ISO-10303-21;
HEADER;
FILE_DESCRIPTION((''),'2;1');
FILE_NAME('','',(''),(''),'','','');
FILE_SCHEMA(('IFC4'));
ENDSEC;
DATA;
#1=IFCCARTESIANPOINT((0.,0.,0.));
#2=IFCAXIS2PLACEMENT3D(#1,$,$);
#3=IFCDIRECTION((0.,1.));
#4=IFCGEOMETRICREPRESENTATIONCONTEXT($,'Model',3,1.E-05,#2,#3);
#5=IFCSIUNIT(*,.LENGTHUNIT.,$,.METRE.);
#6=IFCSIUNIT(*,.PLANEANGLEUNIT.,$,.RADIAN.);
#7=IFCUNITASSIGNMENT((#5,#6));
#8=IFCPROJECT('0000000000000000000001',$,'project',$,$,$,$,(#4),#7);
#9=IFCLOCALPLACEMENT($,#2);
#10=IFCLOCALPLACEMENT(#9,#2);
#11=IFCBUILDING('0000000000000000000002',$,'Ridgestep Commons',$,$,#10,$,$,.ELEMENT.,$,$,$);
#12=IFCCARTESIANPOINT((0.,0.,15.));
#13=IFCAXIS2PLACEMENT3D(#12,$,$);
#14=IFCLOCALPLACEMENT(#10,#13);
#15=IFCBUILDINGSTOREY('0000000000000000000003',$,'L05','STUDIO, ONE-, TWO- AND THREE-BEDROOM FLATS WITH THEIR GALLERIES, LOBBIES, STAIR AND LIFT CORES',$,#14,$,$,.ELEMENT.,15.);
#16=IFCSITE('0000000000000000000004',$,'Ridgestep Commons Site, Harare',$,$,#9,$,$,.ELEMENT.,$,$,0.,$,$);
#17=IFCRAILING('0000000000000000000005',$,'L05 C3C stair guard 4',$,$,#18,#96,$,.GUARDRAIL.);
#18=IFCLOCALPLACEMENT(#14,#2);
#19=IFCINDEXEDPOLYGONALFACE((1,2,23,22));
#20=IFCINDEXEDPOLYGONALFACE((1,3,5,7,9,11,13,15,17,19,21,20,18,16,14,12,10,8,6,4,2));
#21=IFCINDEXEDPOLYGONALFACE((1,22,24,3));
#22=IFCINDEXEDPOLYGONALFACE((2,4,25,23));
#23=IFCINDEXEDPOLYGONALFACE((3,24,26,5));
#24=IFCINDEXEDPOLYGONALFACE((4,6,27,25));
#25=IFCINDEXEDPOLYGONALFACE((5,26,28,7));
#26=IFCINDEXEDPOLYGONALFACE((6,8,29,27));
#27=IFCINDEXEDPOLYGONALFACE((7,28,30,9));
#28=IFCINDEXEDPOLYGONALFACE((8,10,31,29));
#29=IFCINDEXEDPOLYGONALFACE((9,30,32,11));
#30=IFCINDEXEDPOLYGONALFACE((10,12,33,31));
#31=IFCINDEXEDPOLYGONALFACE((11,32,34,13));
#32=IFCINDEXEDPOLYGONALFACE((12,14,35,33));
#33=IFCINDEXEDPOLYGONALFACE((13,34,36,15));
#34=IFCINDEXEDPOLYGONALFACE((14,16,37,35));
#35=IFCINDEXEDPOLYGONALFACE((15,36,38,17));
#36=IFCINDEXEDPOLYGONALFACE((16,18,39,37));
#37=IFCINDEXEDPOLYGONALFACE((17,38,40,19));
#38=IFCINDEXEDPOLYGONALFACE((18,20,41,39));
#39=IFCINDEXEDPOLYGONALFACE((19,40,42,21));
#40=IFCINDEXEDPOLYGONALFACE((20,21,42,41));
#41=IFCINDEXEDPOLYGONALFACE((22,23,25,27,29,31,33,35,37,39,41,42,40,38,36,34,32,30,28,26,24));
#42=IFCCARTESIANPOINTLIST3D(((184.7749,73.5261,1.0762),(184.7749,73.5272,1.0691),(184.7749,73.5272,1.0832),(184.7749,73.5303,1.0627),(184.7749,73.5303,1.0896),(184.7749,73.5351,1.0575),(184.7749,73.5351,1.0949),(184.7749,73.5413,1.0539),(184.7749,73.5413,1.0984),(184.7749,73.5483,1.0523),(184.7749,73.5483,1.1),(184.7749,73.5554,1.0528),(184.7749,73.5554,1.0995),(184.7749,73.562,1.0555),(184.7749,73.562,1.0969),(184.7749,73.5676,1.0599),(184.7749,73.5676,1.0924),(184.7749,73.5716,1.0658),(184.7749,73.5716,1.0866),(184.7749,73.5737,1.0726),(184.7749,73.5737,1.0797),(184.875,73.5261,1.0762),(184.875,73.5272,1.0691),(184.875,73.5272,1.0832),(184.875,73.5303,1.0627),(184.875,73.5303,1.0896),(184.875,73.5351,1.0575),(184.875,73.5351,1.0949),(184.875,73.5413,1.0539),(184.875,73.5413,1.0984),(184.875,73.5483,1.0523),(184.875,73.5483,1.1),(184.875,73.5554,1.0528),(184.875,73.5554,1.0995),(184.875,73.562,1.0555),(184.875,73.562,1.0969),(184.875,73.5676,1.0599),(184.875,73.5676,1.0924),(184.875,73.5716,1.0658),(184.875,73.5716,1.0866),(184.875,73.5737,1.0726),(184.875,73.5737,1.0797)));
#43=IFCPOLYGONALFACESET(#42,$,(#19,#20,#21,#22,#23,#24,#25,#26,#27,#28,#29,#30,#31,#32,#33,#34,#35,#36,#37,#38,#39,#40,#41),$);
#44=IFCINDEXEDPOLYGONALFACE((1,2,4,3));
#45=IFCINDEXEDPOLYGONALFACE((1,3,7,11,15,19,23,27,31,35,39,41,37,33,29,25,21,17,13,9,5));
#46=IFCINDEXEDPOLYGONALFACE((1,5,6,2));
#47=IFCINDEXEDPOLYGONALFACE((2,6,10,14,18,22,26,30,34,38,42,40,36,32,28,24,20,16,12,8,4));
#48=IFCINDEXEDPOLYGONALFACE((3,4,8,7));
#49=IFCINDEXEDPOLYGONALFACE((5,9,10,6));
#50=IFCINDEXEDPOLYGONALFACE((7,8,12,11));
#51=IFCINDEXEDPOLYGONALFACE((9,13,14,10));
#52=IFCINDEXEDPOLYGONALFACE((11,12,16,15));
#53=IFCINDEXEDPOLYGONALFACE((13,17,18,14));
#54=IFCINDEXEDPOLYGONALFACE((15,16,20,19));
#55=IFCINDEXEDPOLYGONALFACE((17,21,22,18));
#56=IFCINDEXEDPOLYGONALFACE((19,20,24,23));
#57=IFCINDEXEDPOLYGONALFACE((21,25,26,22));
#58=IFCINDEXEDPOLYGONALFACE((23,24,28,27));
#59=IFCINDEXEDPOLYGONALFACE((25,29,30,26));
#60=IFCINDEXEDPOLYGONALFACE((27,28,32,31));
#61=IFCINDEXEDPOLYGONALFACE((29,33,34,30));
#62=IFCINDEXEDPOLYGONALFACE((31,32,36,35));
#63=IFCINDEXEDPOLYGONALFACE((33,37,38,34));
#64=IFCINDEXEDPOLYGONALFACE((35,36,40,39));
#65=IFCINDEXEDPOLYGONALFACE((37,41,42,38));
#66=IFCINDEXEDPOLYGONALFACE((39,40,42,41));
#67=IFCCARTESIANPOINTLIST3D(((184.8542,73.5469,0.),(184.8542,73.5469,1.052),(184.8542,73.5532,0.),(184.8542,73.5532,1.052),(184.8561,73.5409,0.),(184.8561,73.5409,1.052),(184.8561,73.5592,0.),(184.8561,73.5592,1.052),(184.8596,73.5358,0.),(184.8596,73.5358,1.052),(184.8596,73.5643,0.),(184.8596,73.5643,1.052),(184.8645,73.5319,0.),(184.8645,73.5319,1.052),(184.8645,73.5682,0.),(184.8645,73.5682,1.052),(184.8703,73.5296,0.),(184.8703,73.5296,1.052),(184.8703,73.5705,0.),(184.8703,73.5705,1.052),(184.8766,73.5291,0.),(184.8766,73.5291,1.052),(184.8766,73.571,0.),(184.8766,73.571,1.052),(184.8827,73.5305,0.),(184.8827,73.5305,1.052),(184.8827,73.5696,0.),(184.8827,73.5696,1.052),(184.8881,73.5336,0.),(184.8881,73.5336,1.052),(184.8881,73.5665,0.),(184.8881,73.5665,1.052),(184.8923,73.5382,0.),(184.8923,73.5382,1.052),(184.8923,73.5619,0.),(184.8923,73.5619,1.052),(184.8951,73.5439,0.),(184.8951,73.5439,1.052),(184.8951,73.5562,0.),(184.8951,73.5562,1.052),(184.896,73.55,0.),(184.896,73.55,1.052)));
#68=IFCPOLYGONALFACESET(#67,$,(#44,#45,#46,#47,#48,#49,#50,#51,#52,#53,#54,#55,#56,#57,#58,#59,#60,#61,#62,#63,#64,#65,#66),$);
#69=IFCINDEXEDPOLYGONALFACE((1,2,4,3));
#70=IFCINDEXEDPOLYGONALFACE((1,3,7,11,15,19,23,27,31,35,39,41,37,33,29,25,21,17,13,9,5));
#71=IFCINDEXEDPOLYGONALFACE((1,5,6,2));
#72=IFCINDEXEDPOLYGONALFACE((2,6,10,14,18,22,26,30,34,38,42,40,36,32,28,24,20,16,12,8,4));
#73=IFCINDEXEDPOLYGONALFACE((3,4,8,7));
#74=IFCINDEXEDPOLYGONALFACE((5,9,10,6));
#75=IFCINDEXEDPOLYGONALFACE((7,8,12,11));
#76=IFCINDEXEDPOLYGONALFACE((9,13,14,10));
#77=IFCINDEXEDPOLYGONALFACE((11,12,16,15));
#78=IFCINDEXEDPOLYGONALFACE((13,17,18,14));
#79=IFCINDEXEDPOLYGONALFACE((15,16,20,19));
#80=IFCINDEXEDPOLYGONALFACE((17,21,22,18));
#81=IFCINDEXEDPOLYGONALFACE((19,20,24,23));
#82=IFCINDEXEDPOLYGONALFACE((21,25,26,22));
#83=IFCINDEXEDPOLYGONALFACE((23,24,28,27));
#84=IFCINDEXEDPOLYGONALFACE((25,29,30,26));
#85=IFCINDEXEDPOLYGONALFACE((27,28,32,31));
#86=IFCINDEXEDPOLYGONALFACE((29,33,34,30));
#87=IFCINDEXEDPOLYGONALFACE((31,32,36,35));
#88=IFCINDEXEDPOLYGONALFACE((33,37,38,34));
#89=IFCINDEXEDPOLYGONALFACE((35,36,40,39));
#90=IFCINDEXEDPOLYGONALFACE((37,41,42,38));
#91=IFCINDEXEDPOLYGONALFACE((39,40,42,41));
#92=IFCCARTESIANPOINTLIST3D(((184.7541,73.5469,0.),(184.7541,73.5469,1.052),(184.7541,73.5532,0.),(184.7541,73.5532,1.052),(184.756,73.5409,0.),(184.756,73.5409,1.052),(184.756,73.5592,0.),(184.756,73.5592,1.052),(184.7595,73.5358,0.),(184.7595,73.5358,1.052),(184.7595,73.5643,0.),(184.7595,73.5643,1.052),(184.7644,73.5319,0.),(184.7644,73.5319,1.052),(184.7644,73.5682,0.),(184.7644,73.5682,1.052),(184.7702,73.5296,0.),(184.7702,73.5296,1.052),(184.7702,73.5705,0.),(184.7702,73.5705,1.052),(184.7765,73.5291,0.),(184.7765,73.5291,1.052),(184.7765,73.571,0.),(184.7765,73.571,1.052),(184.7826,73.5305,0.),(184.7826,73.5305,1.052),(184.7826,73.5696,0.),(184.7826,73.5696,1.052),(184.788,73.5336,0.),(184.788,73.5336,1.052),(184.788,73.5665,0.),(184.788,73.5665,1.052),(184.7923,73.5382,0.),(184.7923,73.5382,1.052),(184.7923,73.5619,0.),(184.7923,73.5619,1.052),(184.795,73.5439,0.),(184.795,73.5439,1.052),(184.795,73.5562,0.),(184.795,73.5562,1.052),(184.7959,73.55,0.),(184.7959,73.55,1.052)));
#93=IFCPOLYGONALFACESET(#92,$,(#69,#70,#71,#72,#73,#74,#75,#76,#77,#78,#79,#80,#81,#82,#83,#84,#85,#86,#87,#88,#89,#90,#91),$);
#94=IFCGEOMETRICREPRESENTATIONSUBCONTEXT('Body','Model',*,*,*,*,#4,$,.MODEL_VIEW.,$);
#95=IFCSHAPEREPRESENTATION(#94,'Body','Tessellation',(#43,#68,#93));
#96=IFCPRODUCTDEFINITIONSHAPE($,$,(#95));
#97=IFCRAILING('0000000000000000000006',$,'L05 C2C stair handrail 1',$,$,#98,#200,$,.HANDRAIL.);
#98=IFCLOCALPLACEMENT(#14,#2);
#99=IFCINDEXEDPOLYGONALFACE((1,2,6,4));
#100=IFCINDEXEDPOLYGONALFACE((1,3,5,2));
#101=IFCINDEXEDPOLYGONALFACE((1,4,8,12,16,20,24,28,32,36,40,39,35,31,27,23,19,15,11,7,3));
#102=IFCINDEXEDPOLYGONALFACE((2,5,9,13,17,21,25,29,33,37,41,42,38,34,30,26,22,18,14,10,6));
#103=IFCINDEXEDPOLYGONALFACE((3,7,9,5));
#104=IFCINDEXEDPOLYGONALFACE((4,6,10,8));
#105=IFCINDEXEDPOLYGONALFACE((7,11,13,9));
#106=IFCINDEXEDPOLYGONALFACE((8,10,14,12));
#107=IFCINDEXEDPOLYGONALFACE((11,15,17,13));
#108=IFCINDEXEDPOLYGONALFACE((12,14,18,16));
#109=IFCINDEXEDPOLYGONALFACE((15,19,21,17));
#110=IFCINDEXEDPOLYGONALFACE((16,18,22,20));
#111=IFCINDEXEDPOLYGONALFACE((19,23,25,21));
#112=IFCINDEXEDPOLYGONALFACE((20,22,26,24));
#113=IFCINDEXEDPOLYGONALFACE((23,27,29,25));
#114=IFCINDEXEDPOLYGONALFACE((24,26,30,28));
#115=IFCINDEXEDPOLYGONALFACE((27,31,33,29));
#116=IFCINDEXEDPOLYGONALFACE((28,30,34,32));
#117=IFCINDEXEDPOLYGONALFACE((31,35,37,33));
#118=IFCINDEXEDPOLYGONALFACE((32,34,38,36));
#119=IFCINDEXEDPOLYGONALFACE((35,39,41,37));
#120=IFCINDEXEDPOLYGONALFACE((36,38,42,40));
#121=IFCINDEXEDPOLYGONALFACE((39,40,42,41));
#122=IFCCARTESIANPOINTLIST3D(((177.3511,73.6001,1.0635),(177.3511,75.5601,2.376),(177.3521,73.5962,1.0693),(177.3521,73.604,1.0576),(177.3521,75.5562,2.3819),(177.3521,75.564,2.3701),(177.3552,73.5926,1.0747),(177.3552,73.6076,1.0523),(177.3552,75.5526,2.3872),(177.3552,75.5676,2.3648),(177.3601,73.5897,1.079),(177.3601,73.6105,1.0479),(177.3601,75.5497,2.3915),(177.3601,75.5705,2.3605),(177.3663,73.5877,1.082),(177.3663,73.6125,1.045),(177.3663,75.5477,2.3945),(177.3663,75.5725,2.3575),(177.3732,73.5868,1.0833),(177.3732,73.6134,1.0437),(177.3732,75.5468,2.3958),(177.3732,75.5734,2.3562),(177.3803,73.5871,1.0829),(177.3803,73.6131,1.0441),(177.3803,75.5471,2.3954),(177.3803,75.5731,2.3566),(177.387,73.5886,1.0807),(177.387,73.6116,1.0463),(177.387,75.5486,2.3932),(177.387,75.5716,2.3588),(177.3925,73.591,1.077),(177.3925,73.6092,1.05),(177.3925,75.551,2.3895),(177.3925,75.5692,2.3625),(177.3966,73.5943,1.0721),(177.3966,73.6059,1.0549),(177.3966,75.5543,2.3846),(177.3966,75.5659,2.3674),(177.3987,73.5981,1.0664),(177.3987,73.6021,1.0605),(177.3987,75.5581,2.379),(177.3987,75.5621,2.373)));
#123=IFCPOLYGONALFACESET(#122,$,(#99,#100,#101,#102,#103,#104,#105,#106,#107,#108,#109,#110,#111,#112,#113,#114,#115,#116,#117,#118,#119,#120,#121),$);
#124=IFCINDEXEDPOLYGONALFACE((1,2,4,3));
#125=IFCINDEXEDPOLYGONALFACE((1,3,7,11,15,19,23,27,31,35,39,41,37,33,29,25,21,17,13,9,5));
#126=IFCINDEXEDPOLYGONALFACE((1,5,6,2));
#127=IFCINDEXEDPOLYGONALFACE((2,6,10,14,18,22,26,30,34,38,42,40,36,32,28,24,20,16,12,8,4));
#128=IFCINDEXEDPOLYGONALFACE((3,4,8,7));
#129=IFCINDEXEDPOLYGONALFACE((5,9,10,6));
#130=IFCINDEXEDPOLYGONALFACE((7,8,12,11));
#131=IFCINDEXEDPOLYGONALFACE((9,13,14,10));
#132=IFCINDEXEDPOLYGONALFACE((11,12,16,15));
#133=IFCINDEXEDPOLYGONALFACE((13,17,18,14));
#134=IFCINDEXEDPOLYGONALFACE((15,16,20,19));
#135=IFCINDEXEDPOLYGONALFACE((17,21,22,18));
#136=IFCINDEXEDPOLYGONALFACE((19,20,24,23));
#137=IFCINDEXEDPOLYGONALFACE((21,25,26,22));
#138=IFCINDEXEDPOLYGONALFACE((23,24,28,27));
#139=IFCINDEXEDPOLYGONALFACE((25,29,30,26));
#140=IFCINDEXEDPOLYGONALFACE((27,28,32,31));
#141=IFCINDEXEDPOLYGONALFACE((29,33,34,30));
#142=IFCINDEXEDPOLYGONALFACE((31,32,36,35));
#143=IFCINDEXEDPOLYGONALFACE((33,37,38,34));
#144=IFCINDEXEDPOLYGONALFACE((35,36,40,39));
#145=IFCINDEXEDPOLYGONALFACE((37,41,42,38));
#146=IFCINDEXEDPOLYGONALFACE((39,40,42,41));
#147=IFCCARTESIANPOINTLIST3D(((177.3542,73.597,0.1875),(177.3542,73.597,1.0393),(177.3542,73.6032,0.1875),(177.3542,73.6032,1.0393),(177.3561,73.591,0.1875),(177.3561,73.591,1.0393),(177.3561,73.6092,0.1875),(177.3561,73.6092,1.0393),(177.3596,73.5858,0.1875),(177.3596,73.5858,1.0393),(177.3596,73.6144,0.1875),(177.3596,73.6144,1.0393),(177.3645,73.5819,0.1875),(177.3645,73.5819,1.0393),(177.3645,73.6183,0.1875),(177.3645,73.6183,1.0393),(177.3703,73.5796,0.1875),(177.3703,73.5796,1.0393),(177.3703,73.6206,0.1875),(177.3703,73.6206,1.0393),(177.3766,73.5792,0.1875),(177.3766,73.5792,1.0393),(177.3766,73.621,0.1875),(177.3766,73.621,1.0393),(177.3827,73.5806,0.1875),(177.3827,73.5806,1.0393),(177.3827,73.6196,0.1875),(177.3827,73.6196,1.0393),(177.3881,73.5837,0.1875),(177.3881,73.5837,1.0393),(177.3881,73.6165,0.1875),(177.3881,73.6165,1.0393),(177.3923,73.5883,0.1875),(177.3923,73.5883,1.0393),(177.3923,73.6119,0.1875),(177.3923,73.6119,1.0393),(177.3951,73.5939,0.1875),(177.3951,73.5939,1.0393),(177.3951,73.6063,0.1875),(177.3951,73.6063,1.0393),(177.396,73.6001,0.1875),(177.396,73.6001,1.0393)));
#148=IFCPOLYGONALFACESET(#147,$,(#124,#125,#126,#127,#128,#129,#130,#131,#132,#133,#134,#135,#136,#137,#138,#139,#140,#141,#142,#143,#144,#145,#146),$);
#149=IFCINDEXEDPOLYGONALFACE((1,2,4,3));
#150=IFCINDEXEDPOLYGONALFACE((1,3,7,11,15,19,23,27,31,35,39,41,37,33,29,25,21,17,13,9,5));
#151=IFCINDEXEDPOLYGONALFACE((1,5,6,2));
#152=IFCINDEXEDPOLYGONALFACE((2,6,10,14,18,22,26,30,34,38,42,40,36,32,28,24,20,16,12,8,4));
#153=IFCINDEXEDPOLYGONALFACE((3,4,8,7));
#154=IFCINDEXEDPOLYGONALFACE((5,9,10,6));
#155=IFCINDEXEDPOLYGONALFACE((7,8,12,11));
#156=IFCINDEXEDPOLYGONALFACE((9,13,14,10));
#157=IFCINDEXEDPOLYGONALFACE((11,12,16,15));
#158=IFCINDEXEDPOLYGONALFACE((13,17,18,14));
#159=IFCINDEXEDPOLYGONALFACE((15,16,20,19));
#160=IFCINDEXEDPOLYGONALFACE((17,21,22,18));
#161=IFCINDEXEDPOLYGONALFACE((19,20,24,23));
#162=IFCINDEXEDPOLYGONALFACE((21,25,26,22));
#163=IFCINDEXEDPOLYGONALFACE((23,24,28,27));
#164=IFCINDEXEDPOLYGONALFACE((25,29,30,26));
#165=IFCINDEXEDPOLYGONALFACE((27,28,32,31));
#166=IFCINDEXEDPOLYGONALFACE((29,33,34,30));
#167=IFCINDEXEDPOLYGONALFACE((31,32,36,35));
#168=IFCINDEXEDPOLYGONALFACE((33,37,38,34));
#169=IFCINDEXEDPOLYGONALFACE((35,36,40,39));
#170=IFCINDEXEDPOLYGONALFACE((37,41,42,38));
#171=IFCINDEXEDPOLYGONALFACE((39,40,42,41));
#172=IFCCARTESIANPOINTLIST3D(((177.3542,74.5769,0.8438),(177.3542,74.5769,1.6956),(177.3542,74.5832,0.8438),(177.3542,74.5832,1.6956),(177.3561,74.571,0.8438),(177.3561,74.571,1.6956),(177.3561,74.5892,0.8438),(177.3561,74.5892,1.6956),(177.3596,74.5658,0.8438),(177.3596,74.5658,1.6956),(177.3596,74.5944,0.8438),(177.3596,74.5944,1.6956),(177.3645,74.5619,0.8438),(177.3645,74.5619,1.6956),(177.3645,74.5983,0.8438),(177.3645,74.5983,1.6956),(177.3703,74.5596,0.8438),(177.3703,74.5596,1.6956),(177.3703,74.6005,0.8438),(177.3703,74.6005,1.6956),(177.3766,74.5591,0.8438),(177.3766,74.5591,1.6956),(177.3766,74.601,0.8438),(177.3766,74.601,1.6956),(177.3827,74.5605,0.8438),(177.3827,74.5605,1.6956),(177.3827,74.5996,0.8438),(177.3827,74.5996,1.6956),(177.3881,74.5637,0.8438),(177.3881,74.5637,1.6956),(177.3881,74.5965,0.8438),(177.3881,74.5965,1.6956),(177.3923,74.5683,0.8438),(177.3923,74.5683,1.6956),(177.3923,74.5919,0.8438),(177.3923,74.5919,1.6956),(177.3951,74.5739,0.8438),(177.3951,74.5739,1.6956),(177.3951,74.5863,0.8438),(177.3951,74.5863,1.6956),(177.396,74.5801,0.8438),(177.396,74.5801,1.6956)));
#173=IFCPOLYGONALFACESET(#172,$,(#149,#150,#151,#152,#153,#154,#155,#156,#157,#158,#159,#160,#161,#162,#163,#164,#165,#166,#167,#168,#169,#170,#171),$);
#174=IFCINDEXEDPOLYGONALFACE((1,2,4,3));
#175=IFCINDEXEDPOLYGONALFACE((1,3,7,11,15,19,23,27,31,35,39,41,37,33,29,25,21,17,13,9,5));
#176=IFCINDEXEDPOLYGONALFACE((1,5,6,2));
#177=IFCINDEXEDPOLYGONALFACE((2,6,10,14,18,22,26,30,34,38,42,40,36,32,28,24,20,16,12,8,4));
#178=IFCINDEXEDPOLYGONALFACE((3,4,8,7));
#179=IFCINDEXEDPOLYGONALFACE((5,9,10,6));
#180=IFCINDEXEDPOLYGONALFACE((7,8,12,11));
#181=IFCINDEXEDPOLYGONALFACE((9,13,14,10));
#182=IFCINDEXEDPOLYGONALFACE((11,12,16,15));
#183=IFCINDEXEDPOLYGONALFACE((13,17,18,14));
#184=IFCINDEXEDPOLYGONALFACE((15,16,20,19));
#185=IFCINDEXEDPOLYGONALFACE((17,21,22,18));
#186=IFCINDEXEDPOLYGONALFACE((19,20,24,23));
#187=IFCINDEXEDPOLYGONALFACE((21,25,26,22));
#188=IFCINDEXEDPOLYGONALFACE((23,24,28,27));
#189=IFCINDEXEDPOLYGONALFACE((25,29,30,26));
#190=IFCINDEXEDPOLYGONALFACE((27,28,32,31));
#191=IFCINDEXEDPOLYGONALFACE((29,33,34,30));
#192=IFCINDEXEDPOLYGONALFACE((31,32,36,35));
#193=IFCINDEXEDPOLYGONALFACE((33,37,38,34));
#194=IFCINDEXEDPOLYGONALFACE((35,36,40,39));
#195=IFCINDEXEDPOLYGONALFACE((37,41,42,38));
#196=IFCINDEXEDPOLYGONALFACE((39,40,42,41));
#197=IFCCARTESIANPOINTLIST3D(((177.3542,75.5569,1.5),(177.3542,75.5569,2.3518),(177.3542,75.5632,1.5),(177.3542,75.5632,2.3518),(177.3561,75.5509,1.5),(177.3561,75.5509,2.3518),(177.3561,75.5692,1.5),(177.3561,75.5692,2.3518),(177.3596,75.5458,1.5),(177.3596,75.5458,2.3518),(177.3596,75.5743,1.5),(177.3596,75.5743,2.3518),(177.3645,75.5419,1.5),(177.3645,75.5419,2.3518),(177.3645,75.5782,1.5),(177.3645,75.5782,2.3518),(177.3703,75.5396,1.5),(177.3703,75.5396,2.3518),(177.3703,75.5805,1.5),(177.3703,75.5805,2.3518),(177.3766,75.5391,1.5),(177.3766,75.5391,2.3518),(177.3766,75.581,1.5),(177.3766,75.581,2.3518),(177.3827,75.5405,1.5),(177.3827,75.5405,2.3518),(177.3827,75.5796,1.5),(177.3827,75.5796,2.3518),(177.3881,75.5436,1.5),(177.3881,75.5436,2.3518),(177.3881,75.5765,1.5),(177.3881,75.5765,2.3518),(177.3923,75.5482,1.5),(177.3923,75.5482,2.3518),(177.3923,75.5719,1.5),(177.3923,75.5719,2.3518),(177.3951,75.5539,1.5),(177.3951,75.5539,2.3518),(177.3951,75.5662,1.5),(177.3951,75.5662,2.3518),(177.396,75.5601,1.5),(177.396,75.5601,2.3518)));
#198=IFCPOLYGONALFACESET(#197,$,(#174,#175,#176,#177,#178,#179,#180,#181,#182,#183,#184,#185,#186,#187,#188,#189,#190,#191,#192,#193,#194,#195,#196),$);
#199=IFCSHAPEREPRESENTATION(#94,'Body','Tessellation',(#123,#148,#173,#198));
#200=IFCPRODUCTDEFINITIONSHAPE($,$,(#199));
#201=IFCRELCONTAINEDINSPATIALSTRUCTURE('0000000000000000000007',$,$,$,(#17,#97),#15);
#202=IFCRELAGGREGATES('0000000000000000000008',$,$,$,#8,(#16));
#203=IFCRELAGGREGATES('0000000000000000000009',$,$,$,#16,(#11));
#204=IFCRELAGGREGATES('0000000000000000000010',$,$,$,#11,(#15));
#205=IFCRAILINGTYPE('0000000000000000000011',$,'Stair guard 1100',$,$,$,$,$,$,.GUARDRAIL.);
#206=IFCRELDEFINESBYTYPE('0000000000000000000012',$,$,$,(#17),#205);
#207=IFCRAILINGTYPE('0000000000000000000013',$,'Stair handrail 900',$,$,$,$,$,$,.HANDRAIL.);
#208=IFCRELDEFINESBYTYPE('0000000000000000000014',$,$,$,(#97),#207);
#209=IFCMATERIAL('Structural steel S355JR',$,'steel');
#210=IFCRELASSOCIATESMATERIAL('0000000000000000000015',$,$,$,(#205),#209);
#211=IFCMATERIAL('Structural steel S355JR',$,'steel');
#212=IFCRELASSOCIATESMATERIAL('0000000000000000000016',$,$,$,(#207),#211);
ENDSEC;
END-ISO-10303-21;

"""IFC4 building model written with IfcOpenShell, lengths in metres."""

from ifc_helpers import new_model, si_unit, direction, frame, origin, origin_2d, place, context, subcontext, project, spatial, circle, extrude, material, type_object, element, save


model = new_model("IFC4")

# Units and contexts
model_context = context("Model", 3, precision=1e-05, world=origin(), true_north=direction((0.0, 1.0)))
body_context = subcontext(model_context, "Body", "Model", "MODEL_VIEW")
ifc_project = project(units=[si_unit("LENGTHUNIT", "METRE"), si_unit("PLANEANGLEUNIT", "RADIAN")], contexts=[model_context])

# Site, building, storey
site_placement = place(None, origin())
site = spatial("IfcSite", under=ifc_project, at=site_placement, Name="Ridgestep Commons Site, Harare", CompositionType="ELEMENT", RefElevation=0.0)
building_placement = place(site_placement, origin())
building = spatial("IfcBuilding", under=site, at=building_placement, Name="Ridgestep Commons", CompositionType="ELEMENT")
storey_placement = place(building_placement, frame((0.0, 0.0, 15.0)))
storey = spatial("IfcBuildingStorey", under=building, at=storey_placement, Name="L05", Description="STUDIO, ONE-, TWO- AND THREE-BEDROOM FLATS WITH THEIR GALLERIES, LOBBIES, STAIR AND LIFT CORES", CompositionType="ELEMENT", Elevation=15.0)

# Railings
ifc_material_1 = material(Name="Structural steel S355JR", Category="steel")
railing_type_1 = type_object("IfcRailingType", Name="Stair guard 1100", PredefinedType="GUARDRAIL", material=ifc_material_1)
railing_1_placement = place(storey_placement, frame((184.875, 73.55, 0.0)))
element("IfcRailing", 1, at=railing_1_placement, inside=storey, type_object=railing_type_1, Name="L05 C3C stair guard 4", PredefinedType="GUARDRAIL", context=body_context, shape_type="SweptSolid", body=[
    extrude(circle(Radius=0.0239, at=origin_2d()), frame((0.0, 0.0, 1.0762), z_axis=(-1.0, 0.0, 0.0), x_axis=(0.0, -1.0, 0.0)), (0.0, 0.0, 1.0), 0.1001),
    extrude(circle(Radius=0.021, at=origin_2d()), origin(), (0.0, 0.0, 1.0), 1.052),
    extrude(circle(Radius=0.021, at=origin_2d()), frame((-0.1001, 0.0, 0.0)), (0.0, 0.0, 1.0), 1.052),
])
ifc_material_2 = material(Name="Structural steel S355JR", Category="steel")
railing_type_2 = type_object("IfcRailingType", Name="Stair handrail 900", PredefinedType="HANDRAIL", material=ifc_material_2)
railing_2_placement = place(storey_placement, frame((177.375, 73.6001, 0.1875)))
element("IfcRailing", 2, at=railing_2_placement, inside=storey, type_object=railing_type_2, Name="L05 C2C stair handrail 1", PredefinedType="HANDRAIL", context=body_context, shape_type="SweptSolid", body=[
    extrude(circle(Radius=0.0239, at=origin_2d()), frame((0.0, 0.0, 0.876), z_axis=(0.0, 0.830902, 0.556419), x_axis=(-1.0, 0.0, 0.0)), (0.0, 0.0, 1.0), 2.3589),
    extrude(circle(Radius=0.021, at=origin_2d()), origin(), (0.0, 0.0, 1.0), 0.8518),
    extrude(circle(Radius=0.021, at=origin_2d()), frame((0.0, 0.98, 0.6562)), (0.0, 0.0, 1.0), 0.8518),
    extrude(circle(Radius=0.021, at=origin_2d()), frame((0.0, 1.96, 1.3125)), (0.0, 0.0, 1.0), 0.8518),
])

save(model, "model.ifc")
